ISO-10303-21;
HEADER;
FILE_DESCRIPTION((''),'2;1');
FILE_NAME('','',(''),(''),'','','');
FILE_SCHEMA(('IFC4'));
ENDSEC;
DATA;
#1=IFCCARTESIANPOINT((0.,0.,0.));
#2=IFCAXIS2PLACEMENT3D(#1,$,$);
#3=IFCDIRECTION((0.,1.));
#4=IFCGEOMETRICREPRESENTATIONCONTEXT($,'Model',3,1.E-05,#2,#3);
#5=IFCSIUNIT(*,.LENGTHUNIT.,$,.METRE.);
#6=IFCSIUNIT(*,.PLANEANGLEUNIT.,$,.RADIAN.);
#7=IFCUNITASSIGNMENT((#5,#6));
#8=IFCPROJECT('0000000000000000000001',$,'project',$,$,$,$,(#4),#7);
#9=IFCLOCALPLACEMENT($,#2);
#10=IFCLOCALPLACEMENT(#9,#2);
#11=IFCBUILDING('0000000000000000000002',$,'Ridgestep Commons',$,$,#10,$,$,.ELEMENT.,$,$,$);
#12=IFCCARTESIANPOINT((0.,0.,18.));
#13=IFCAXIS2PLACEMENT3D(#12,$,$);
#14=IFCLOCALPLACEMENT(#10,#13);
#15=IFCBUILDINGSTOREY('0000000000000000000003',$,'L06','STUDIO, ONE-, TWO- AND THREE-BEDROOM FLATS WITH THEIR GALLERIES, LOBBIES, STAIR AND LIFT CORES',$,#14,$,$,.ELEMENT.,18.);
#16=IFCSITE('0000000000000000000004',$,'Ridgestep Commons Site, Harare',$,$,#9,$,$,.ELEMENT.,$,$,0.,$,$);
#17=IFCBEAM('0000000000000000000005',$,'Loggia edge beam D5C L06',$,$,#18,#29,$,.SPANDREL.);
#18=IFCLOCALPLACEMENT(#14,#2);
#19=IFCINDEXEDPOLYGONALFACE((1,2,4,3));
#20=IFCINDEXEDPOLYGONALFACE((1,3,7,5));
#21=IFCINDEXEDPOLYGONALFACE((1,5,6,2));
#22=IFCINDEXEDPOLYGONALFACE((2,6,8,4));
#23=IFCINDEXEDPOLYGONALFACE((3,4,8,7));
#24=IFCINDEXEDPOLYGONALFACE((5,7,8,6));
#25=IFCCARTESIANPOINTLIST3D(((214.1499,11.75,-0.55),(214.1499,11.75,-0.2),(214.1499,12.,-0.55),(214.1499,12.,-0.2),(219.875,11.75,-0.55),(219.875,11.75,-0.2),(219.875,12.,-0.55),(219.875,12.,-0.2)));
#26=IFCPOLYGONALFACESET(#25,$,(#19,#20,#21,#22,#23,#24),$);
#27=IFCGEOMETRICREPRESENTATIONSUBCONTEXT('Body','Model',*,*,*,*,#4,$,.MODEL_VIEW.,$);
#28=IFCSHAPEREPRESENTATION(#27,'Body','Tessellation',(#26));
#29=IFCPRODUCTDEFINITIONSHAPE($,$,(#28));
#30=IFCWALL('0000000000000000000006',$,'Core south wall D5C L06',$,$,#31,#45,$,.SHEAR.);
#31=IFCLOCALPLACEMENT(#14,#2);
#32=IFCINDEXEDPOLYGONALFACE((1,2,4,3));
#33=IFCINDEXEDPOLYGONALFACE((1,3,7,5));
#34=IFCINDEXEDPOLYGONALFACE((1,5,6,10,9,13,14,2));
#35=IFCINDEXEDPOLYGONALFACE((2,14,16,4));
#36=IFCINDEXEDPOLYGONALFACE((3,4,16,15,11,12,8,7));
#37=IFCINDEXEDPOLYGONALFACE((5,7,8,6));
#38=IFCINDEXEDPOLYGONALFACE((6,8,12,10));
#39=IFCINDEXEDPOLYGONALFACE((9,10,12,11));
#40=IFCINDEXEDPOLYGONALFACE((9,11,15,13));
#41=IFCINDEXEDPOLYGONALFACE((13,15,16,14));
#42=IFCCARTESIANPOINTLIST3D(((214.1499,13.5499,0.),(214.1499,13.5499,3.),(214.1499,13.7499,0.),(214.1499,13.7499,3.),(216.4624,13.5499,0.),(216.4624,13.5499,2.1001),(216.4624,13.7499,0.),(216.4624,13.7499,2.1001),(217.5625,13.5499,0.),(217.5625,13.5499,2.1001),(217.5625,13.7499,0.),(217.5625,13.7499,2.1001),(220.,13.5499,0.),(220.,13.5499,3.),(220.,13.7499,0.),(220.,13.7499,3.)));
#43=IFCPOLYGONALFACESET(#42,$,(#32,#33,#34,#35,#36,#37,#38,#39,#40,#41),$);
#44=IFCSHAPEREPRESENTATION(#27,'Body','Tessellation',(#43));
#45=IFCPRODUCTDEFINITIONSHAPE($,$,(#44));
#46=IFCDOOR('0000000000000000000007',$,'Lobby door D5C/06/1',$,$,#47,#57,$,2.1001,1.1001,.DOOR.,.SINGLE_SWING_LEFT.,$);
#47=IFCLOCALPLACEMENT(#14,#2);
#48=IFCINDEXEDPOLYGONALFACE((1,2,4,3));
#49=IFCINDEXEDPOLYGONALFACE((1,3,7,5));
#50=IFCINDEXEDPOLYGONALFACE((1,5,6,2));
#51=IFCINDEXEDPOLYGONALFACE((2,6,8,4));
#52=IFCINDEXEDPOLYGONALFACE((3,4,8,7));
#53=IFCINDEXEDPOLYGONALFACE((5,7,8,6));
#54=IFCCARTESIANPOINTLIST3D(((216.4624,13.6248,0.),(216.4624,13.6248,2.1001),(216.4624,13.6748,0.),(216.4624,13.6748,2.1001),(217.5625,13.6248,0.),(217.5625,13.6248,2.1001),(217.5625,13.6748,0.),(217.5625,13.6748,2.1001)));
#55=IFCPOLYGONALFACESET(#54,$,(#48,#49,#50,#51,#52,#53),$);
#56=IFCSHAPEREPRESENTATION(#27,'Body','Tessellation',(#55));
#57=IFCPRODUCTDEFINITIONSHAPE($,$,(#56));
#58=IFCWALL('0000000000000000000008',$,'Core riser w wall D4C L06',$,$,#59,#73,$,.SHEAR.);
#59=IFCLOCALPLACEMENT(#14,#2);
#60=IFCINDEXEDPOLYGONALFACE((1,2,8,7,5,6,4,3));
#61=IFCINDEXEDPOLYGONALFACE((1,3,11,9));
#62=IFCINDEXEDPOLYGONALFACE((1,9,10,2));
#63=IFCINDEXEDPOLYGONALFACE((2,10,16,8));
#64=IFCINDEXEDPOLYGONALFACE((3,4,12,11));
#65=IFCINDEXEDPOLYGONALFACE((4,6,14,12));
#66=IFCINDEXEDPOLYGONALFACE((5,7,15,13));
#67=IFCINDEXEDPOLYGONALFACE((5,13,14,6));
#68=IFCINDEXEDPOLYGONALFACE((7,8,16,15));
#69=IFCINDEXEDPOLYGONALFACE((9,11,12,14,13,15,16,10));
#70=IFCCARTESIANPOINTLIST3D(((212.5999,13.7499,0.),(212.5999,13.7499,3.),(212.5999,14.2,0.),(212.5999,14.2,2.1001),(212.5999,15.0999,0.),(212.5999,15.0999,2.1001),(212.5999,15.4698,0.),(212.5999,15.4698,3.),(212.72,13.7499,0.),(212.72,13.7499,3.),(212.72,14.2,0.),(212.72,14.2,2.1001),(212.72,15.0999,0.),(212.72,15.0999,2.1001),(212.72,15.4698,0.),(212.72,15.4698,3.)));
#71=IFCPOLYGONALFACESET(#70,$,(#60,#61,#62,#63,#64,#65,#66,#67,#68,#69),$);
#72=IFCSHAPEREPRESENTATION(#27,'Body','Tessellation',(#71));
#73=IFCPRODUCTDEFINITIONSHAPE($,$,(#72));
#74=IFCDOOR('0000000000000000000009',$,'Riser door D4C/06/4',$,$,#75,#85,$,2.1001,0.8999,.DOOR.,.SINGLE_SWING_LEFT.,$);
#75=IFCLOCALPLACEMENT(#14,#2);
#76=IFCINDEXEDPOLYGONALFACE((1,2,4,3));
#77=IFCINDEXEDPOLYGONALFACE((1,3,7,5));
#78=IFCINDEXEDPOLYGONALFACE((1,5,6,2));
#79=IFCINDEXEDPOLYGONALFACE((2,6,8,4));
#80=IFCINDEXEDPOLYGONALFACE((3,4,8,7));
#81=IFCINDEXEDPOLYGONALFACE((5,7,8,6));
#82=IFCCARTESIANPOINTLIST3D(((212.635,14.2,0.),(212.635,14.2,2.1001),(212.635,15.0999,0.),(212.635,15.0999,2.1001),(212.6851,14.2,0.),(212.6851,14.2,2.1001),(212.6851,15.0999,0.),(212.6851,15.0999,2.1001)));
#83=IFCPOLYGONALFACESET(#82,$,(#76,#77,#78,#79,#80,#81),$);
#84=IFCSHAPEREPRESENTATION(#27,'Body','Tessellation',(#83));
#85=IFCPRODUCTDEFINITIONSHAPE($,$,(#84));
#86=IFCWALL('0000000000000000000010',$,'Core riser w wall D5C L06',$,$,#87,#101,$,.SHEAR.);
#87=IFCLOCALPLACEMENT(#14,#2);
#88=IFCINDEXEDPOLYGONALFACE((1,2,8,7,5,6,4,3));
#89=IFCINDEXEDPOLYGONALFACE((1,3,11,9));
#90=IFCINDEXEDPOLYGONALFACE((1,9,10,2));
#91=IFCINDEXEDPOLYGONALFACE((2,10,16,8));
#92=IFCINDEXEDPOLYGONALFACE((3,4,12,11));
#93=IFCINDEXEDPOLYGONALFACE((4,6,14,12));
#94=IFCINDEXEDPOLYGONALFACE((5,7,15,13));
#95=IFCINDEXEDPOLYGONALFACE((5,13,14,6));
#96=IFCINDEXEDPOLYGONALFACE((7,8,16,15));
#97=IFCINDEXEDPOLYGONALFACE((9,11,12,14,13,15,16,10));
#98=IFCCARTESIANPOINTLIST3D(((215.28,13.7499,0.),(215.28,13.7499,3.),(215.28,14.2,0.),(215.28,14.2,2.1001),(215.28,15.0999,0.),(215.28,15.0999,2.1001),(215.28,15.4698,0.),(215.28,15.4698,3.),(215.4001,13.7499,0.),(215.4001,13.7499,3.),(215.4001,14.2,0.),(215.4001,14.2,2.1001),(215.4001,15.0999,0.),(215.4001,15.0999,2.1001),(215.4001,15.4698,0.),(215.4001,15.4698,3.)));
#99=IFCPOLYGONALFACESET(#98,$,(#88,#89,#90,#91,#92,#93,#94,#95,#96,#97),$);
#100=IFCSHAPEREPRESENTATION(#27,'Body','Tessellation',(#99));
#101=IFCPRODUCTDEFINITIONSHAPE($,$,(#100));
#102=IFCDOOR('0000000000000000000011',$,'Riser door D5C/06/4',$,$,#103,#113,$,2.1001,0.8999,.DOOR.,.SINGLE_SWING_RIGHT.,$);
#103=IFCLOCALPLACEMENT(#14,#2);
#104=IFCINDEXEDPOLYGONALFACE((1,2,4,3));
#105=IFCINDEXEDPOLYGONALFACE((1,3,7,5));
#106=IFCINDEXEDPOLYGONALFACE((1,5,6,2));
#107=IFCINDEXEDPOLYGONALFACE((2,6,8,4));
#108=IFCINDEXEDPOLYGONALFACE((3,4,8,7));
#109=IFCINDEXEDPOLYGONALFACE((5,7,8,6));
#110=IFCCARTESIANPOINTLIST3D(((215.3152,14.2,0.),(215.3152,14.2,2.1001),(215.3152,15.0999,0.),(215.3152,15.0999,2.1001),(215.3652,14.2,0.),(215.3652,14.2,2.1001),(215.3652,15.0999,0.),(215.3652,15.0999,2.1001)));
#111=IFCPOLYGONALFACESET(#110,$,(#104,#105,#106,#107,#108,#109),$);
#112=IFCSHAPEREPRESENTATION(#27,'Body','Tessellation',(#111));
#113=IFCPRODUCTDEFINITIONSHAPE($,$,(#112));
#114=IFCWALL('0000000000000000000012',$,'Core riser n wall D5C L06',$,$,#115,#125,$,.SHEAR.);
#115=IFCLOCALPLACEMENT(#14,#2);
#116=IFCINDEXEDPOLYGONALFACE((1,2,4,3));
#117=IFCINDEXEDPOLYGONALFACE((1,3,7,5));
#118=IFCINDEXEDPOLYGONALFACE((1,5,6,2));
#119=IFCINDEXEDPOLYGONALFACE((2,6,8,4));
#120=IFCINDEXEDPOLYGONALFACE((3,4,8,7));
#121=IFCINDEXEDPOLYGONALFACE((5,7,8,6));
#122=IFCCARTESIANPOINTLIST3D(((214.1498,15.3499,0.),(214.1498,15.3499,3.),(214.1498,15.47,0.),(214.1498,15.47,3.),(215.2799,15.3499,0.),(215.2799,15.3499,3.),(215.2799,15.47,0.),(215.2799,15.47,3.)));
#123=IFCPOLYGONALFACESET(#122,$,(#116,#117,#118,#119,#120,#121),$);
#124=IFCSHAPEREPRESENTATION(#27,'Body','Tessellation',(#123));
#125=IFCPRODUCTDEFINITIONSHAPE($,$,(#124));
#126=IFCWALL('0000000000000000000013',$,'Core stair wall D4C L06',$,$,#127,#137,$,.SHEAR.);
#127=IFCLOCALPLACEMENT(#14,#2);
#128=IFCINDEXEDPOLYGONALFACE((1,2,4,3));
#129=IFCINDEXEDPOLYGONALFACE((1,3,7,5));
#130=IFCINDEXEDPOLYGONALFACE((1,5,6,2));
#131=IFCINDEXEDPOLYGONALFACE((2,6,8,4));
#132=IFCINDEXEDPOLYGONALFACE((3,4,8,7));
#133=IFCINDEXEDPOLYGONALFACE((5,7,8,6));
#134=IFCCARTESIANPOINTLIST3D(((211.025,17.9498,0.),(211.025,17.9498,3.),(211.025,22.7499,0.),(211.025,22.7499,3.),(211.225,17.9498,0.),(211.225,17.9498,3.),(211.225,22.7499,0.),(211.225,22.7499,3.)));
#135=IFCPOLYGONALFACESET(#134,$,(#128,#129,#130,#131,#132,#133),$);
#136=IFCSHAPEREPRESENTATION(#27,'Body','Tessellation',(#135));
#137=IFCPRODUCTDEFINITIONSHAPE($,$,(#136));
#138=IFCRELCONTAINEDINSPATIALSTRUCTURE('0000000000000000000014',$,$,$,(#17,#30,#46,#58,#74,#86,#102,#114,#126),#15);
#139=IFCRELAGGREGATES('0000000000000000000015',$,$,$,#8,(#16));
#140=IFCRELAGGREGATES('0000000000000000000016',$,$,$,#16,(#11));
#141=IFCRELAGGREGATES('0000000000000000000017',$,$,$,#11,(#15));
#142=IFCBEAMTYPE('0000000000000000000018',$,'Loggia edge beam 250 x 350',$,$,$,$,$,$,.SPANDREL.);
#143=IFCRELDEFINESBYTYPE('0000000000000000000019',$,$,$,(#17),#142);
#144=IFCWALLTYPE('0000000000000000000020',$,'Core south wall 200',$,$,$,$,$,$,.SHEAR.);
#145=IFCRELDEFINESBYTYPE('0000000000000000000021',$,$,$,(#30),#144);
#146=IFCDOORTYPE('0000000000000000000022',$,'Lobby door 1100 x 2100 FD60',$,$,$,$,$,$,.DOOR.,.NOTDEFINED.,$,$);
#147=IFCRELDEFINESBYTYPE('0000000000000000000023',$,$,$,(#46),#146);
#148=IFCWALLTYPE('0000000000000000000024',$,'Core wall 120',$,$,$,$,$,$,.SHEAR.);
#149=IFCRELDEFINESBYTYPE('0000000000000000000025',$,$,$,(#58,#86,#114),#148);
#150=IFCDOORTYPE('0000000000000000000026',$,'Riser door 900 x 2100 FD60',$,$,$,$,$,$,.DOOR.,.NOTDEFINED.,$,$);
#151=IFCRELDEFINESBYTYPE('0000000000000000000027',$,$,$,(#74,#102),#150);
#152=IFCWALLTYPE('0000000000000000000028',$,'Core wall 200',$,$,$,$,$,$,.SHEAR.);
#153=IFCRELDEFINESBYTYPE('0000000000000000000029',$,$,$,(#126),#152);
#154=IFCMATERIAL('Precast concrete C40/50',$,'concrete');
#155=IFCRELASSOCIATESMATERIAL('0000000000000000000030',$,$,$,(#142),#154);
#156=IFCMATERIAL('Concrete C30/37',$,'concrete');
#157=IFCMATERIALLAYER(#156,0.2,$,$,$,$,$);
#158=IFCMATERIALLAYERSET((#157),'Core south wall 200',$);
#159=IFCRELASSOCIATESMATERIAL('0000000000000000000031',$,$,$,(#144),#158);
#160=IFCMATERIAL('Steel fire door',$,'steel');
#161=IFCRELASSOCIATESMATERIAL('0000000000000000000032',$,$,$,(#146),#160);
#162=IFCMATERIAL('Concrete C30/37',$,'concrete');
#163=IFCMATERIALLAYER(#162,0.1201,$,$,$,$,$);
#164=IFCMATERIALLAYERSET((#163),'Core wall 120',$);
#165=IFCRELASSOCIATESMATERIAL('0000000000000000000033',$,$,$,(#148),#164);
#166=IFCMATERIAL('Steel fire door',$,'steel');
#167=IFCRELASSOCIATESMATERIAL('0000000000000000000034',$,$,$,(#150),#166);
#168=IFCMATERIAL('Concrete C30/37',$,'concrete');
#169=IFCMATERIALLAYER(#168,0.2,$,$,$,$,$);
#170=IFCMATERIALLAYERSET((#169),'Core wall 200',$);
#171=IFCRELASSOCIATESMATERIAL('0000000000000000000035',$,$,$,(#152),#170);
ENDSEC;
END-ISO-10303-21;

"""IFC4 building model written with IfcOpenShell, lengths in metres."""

from ifc_helpers import new_model, si_unit, direction, frame, frame_2d, origin, origin_2d, place, context, subcontext, project, spatial, rectangle, extrude, material, layer, layer_set, material_profile, profile_set, type_object, element, fill, save


model = new_model("IFC4")

# Units and contexts
model_context = context("Model", 3, precision=1e-05, world=origin(), true_north=direction((0.0, 1.0)))
body_context = subcontext(model_context, "Body", "Model", "MODEL_VIEW")
ifc_project = project(units=[si_unit("LENGTHUNIT", "METRE"), si_unit("PLANEANGLEUNIT", "RADIAN")], contexts=[model_context])

# Site, building, storey
site_placement = place(None, origin())
site = spatial("IfcSite", under=ifc_project, at=site_placement, Name="Ridgestep Commons Site, Harare", CompositionType="ELEMENT", RefElevation=0.0)
building_placement = place(site_placement, origin())
building = spatial("IfcBuilding", under=site, at=building_placement, Name="Ridgestep Commons", CompositionType="ELEMENT")
storey_placement = place(building_placement, frame((0.0, 0.0, 18.0)))
storey = spatial("IfcBuildingStorey", under=building, at=storey_placement, Name="L06", Description="STUDIO, ONE-, TWO- AND THREE-BEDROOM FLATS WITH THEIR GALLERIES, LOBBIES, STAIR AND LIFT CORES", CompositionType="ELEMENT", Elevation=18.0)

# Beam
ifc_material_1 = material(Name="Precast concrete C40/50", Category="concrete")
ifc_material_profile = material_profile(ifc_material_1, rectangle(XDim=0.25, YDim=0.3501, at=origin_2d()), Name="PC 250x350")
ifc_profile_set = profile_set([ifc_material_profile], Name="Precast concrete C40/50")
beam_type = type_object("IfcBeamType", Name="Loggia edge beam 250 x 350", PredefinedType="SPANDREL", material=ifc_profile_set)
beam_placement = place(storey_placement, frame((214.1499, 11.875, -0.375), z_axis=(1.0, 0.0, 0.0), x_axis=(0.0, 1.0, 0.0)))
element("IfcBeam", 1, at=beam_placement, inside=storey, type_object=beam_type, Name="Loggia edge beam D5C L06", PredefinedType="SPANDREL", context=body_context, shape_type="SweptSolid", body=[
    extrude(rectangle(XDim=0.25, YDim=0.3501, at=origin_2d()), origin(), (0.0, 0.0, 1.0), 5.7251),
])

# Walls, openings, doors
ifc_material_2 = material(Name="Concrete C30/37", Category="concrete")
ifc_layer_1 = layer(ifc_material_2, 0.2)
ifc_layer_set_1 = layer_set([ifc_layer_1], Name="Core south wall 200")
wall_type_1 = type_object("IfcWallType", Name="Core south wall 200", PredefinedType="SHEAR", material=ifc_layer_set_1)
wall_1_placement = place(storey_placement, frame((214.1499, 13.6499, 0.0), z_axis=(0.0, 0.0, 1.0), x_axis=(1.0, 0.0, 0.0)))
wall_1 = element("IfcWall", 2, at=wall_1_placement, inside=storey, type_object=wall_type_1, Name="Core south wall D5C L06", PredefinedType="SHEAR", context=body_context, shape_type="SweptSolid", body=[
    extrude(rectangle(XDim=5.8501, YDim=0.2, at=frame_2d((2.925, 0.0))), origin(), (0.0, 0.0, 1.0), 3.0),
])
opening_1_placement = place(wall_1_placement, frame((2.3125, 0.0, 0.0)))
opening_1 = element("IfcOpeningElement", 3, at=opening_1_placement, cuts=wall_1, PredefinedType="OPENING", context=body_context, shape_type="SweptSolid", body=[
    extrude(rectangle(XDim=1.1001, YDim=2.1001, at=frame_2d((0.55, 1.05))), frame((0.0, 0.1099, 0.0), z_axis=(0.0, -1.0, 0.0), x_axis=(1.0, 0.0, 0.0)), (0.0, 0.0, 1.0), 0.22),
])
ifc_material_3 = material(Name="Steel fire door", Category="steel")
door_type_1 = type_object("IfcDoorType", Name="Lobby door 1100 x 2100 FD60", OperationType="NOTDEFINED", PredefinedType="DOOR", material=ifc_material_3)
door_1_placement = place(opening_1_placement, origin())
door_1 = element("IfcDoor", 4, at=door_1_placement, inside=storey, type_object=door_type_1, Name="Lobby door D5C/06/1", OperationType="SINGLE_SWING_LEFT", OverallHeight=2.1001, OverallWidth=1.1001, PredefinedType="DOOR", context=body_context, shape_type="SweptSolid", body=[
    extrude(rectangle(XDim=1.1001, YDim=2.1001, at=frame_2d((0.55, 1.05))), frame((0.0, 0.0249, 0.0), z_axis=(0.0, -1.0, 0.0), x_axis=(1.0, 0.0, 0.0)), (0.0, 0.0, 1.0), 0.05),
])
fill(opening_1, door_1)
ifc_material_4 = material(Name="Concrete C30/37", Category="concrete")
ifc_layer_2 = layer(ifc_material_4, 0.1201)
ifc_layer_set_2 = layer_set([ifc_layer_2], Name="Core wall 120")
wall_type_2 = type_object("IfcWallType", Name="Core wall 120", PredefinedType="SHEAR", material=ifc_layer_set_2)
wall_2_placement = place(storey_placement, frame((212.6599, 13.75, 0.0), z_axis=(0.0, 0.0, 1.0), x_axis=(0.0, 1.0, 0.0)))
wall_2 = element("IfcWall", 5, at=wall_2_placement, inside=storey, type_object=wall_type_2, Name="Core riser w wall D4C L06", PredefinedType="SHEAR", context=body_context, shape_type="SweptSolid", body=[
    extrude(rectangle(XDim=1.72, YDim=0.1201, at=frame_2d((0.8599, 0.0))), origin(), (0.0, 0.0, 1.0), 3.0),
])
opening_2_placement = place(wall_2_placement, frame((0.45, 0.0, 0.0)))
opening_2 = element("IfcOpeningElement", 6, at=opening_2_placement, cuts=wall_2, PredefinedType="OPENING", context=body_context, shape_type="SweptSolid", body=[
    extrude(rectangle(XDim=0.8999, YDim=2.1001, at=frame_2d((0.45, 1.05))), frame((0.0, 0.0701, 0.0), z_axis=(0.0, -1.0, 0.0), x_axis=(1.0, 0.0, 0.0)), (0.0, 0.0, 1.0), 0.1401),
])
ifc_material_5 = material(Name="Steel fire door", Category="steel")
door_type_2 = type_object("IfcDoorType", Name="Riser door 900 x 2100 FD60", OperationType="NOTDEFINED", PredefinedType="DOOR", material=ifc_material_5)
door_2_placement = place(opening_2_placement, origin())
door_2 = element("IfcDoor", 7, at=door_2_placement, inside=storey, type_object=door_type_2, Name="Riser door D4C/06/4", OperationType="SINGLE_SWING_LEFT", OverallHeight=2.1001, OverallWidth=0.8999, PredefinedType="DOOR", context=body_context, shape_type="SweptSolid", body=[
    extrude(rectangle(XDim=0.8999, YDim=2.1001, at=frame_2d((0.45, 1.05))), frame((0.0, 0.0249, 0.0), z_axis=(0.0, -1.0, 0.0), x_axis=(1.0, 0.0, 0.0)), (0.0, 0.0, 1.0), 0.05),
])
fill(opening_2, door_2)

# Wall, opening, door
wall_3_placement = place(storey_placement, frame((215.3401, 13.75, 0.0), z_axis=(0.0, 0.0, 1.0), x_axis=(0.0, 1.0, 0.0)))
wall_3 = element("IfcWall", 8, at=wall_3_placement, inside=storey, type_object=wall_type_2, Name="Core riser w wall D5C L06", PredefinedType="SHEAR", context=body_context, shape_type="SweptSolid", body=[
    extrude(rectangle(XDim=1.72, YDim=0.1201, at=frame_2d((0.8599, 0.0))), origin(), (0.0, 0.0, 1.0), 3.0),
])
opening_3_placement = place(wall_3_placement, frame((0.45, 0.0, 0.0)))
opening_3 = element("IfcOpeningElement", 9, at=opening_3_placement, cuts=wall_3, PredefinedType="OPENING", context=body_context, shape_type="SweptSolid", body=[
    extrude(rectangle(XDim=0.8999, YDim=2.1001, at=frame_2d((0.45, 1.05))), frame((0.0, 0.0701, 0.0), z_axis=(0.0, -1.0, 0.0), x_axis=(1.0, 0.0, 0.0)), (0.0, 0.0, 1.0), 0.1401),
])
door_3_placement = place(opening_3_placement, origin())
door_3 = element("IfcDoor", 10, at=door_3_placement, inside=storey, type_object=door_type_2, Name="Riser door D5C/06/4", OperationType="SINGLE_SWING_RIGHT", OverallHeight=2.1001, OverallWidth=0.8999, PredefinedType="DOOR", context=body_context, shape_type="SweptSolid", body=[
    extrude(rectangle(XDim=0.8999, YDim=2.1001, at=frame_2d((0.45, 1.05))), frame((0.0, 0.0249, 0.0), z_axis=(0.0, -1.0, 0.0), x_axis=(1.0, 0.0, 0.0)), (0.0, 0.0, 1.0), 0.05),
])
fill(opening_3, door_3)

# Walls
wall_4_placement = place(storey_placement, frame((214.1499, 15.4099, 0.0), z_axis=(0.0, 0.0, 1.0), x_axis=(1.0, 0.0, 0.0)))
element("IfcWall", 11, at=wall_4_placement, inside=storey, type_object=wall_type_2, Name="Core riser n wall D5C L06", PredefinedType="SHEAR", context=body_context, shape_type="SweptSolid", body=[
    extrude(rectangle(XDim=1.1301, YDim=0.1201, at=frame_2d((0.5649, 0.0))), origin(), (0.0, 0.0, 1.0), 3.0),
])
ifc_material_6 = material(Name="Concrete C30/37", Category="concrete")
ifc_layer_3 = layer(ifc_material_6, 0.2)
ifc_layer_set_3 = layer_set([ifc_layer_3], Name="Core wall 200")
wall_type_3 = type_object("IfcWallType", Name="Core wall 200", PredefinedType="SHEAR", material=ifc_layer_set_3)
wall_5_placement = place(storey_placement, frame((211.125, 17.95, 0.0), z_axis=(0.0, 0.0, 1.0), x_axis=(0.0, 1.0, 0.0)))
element("IfcWall", 12, at=wall_5_placement, inside=storey, type_object=wall_type_3, Name="Core stair wall D4C L06", PredefinedType="SHEAR", context=body_context, shape_type="SweptSolid", body=[
    extrude(rectangle(XDim=4.8, YDim=0.2, at=frame_2d((2.3999, 0.0))), origin(), (0.0, 0.0, 1.0), 3.0),
])

save(model, "model.ifc")
